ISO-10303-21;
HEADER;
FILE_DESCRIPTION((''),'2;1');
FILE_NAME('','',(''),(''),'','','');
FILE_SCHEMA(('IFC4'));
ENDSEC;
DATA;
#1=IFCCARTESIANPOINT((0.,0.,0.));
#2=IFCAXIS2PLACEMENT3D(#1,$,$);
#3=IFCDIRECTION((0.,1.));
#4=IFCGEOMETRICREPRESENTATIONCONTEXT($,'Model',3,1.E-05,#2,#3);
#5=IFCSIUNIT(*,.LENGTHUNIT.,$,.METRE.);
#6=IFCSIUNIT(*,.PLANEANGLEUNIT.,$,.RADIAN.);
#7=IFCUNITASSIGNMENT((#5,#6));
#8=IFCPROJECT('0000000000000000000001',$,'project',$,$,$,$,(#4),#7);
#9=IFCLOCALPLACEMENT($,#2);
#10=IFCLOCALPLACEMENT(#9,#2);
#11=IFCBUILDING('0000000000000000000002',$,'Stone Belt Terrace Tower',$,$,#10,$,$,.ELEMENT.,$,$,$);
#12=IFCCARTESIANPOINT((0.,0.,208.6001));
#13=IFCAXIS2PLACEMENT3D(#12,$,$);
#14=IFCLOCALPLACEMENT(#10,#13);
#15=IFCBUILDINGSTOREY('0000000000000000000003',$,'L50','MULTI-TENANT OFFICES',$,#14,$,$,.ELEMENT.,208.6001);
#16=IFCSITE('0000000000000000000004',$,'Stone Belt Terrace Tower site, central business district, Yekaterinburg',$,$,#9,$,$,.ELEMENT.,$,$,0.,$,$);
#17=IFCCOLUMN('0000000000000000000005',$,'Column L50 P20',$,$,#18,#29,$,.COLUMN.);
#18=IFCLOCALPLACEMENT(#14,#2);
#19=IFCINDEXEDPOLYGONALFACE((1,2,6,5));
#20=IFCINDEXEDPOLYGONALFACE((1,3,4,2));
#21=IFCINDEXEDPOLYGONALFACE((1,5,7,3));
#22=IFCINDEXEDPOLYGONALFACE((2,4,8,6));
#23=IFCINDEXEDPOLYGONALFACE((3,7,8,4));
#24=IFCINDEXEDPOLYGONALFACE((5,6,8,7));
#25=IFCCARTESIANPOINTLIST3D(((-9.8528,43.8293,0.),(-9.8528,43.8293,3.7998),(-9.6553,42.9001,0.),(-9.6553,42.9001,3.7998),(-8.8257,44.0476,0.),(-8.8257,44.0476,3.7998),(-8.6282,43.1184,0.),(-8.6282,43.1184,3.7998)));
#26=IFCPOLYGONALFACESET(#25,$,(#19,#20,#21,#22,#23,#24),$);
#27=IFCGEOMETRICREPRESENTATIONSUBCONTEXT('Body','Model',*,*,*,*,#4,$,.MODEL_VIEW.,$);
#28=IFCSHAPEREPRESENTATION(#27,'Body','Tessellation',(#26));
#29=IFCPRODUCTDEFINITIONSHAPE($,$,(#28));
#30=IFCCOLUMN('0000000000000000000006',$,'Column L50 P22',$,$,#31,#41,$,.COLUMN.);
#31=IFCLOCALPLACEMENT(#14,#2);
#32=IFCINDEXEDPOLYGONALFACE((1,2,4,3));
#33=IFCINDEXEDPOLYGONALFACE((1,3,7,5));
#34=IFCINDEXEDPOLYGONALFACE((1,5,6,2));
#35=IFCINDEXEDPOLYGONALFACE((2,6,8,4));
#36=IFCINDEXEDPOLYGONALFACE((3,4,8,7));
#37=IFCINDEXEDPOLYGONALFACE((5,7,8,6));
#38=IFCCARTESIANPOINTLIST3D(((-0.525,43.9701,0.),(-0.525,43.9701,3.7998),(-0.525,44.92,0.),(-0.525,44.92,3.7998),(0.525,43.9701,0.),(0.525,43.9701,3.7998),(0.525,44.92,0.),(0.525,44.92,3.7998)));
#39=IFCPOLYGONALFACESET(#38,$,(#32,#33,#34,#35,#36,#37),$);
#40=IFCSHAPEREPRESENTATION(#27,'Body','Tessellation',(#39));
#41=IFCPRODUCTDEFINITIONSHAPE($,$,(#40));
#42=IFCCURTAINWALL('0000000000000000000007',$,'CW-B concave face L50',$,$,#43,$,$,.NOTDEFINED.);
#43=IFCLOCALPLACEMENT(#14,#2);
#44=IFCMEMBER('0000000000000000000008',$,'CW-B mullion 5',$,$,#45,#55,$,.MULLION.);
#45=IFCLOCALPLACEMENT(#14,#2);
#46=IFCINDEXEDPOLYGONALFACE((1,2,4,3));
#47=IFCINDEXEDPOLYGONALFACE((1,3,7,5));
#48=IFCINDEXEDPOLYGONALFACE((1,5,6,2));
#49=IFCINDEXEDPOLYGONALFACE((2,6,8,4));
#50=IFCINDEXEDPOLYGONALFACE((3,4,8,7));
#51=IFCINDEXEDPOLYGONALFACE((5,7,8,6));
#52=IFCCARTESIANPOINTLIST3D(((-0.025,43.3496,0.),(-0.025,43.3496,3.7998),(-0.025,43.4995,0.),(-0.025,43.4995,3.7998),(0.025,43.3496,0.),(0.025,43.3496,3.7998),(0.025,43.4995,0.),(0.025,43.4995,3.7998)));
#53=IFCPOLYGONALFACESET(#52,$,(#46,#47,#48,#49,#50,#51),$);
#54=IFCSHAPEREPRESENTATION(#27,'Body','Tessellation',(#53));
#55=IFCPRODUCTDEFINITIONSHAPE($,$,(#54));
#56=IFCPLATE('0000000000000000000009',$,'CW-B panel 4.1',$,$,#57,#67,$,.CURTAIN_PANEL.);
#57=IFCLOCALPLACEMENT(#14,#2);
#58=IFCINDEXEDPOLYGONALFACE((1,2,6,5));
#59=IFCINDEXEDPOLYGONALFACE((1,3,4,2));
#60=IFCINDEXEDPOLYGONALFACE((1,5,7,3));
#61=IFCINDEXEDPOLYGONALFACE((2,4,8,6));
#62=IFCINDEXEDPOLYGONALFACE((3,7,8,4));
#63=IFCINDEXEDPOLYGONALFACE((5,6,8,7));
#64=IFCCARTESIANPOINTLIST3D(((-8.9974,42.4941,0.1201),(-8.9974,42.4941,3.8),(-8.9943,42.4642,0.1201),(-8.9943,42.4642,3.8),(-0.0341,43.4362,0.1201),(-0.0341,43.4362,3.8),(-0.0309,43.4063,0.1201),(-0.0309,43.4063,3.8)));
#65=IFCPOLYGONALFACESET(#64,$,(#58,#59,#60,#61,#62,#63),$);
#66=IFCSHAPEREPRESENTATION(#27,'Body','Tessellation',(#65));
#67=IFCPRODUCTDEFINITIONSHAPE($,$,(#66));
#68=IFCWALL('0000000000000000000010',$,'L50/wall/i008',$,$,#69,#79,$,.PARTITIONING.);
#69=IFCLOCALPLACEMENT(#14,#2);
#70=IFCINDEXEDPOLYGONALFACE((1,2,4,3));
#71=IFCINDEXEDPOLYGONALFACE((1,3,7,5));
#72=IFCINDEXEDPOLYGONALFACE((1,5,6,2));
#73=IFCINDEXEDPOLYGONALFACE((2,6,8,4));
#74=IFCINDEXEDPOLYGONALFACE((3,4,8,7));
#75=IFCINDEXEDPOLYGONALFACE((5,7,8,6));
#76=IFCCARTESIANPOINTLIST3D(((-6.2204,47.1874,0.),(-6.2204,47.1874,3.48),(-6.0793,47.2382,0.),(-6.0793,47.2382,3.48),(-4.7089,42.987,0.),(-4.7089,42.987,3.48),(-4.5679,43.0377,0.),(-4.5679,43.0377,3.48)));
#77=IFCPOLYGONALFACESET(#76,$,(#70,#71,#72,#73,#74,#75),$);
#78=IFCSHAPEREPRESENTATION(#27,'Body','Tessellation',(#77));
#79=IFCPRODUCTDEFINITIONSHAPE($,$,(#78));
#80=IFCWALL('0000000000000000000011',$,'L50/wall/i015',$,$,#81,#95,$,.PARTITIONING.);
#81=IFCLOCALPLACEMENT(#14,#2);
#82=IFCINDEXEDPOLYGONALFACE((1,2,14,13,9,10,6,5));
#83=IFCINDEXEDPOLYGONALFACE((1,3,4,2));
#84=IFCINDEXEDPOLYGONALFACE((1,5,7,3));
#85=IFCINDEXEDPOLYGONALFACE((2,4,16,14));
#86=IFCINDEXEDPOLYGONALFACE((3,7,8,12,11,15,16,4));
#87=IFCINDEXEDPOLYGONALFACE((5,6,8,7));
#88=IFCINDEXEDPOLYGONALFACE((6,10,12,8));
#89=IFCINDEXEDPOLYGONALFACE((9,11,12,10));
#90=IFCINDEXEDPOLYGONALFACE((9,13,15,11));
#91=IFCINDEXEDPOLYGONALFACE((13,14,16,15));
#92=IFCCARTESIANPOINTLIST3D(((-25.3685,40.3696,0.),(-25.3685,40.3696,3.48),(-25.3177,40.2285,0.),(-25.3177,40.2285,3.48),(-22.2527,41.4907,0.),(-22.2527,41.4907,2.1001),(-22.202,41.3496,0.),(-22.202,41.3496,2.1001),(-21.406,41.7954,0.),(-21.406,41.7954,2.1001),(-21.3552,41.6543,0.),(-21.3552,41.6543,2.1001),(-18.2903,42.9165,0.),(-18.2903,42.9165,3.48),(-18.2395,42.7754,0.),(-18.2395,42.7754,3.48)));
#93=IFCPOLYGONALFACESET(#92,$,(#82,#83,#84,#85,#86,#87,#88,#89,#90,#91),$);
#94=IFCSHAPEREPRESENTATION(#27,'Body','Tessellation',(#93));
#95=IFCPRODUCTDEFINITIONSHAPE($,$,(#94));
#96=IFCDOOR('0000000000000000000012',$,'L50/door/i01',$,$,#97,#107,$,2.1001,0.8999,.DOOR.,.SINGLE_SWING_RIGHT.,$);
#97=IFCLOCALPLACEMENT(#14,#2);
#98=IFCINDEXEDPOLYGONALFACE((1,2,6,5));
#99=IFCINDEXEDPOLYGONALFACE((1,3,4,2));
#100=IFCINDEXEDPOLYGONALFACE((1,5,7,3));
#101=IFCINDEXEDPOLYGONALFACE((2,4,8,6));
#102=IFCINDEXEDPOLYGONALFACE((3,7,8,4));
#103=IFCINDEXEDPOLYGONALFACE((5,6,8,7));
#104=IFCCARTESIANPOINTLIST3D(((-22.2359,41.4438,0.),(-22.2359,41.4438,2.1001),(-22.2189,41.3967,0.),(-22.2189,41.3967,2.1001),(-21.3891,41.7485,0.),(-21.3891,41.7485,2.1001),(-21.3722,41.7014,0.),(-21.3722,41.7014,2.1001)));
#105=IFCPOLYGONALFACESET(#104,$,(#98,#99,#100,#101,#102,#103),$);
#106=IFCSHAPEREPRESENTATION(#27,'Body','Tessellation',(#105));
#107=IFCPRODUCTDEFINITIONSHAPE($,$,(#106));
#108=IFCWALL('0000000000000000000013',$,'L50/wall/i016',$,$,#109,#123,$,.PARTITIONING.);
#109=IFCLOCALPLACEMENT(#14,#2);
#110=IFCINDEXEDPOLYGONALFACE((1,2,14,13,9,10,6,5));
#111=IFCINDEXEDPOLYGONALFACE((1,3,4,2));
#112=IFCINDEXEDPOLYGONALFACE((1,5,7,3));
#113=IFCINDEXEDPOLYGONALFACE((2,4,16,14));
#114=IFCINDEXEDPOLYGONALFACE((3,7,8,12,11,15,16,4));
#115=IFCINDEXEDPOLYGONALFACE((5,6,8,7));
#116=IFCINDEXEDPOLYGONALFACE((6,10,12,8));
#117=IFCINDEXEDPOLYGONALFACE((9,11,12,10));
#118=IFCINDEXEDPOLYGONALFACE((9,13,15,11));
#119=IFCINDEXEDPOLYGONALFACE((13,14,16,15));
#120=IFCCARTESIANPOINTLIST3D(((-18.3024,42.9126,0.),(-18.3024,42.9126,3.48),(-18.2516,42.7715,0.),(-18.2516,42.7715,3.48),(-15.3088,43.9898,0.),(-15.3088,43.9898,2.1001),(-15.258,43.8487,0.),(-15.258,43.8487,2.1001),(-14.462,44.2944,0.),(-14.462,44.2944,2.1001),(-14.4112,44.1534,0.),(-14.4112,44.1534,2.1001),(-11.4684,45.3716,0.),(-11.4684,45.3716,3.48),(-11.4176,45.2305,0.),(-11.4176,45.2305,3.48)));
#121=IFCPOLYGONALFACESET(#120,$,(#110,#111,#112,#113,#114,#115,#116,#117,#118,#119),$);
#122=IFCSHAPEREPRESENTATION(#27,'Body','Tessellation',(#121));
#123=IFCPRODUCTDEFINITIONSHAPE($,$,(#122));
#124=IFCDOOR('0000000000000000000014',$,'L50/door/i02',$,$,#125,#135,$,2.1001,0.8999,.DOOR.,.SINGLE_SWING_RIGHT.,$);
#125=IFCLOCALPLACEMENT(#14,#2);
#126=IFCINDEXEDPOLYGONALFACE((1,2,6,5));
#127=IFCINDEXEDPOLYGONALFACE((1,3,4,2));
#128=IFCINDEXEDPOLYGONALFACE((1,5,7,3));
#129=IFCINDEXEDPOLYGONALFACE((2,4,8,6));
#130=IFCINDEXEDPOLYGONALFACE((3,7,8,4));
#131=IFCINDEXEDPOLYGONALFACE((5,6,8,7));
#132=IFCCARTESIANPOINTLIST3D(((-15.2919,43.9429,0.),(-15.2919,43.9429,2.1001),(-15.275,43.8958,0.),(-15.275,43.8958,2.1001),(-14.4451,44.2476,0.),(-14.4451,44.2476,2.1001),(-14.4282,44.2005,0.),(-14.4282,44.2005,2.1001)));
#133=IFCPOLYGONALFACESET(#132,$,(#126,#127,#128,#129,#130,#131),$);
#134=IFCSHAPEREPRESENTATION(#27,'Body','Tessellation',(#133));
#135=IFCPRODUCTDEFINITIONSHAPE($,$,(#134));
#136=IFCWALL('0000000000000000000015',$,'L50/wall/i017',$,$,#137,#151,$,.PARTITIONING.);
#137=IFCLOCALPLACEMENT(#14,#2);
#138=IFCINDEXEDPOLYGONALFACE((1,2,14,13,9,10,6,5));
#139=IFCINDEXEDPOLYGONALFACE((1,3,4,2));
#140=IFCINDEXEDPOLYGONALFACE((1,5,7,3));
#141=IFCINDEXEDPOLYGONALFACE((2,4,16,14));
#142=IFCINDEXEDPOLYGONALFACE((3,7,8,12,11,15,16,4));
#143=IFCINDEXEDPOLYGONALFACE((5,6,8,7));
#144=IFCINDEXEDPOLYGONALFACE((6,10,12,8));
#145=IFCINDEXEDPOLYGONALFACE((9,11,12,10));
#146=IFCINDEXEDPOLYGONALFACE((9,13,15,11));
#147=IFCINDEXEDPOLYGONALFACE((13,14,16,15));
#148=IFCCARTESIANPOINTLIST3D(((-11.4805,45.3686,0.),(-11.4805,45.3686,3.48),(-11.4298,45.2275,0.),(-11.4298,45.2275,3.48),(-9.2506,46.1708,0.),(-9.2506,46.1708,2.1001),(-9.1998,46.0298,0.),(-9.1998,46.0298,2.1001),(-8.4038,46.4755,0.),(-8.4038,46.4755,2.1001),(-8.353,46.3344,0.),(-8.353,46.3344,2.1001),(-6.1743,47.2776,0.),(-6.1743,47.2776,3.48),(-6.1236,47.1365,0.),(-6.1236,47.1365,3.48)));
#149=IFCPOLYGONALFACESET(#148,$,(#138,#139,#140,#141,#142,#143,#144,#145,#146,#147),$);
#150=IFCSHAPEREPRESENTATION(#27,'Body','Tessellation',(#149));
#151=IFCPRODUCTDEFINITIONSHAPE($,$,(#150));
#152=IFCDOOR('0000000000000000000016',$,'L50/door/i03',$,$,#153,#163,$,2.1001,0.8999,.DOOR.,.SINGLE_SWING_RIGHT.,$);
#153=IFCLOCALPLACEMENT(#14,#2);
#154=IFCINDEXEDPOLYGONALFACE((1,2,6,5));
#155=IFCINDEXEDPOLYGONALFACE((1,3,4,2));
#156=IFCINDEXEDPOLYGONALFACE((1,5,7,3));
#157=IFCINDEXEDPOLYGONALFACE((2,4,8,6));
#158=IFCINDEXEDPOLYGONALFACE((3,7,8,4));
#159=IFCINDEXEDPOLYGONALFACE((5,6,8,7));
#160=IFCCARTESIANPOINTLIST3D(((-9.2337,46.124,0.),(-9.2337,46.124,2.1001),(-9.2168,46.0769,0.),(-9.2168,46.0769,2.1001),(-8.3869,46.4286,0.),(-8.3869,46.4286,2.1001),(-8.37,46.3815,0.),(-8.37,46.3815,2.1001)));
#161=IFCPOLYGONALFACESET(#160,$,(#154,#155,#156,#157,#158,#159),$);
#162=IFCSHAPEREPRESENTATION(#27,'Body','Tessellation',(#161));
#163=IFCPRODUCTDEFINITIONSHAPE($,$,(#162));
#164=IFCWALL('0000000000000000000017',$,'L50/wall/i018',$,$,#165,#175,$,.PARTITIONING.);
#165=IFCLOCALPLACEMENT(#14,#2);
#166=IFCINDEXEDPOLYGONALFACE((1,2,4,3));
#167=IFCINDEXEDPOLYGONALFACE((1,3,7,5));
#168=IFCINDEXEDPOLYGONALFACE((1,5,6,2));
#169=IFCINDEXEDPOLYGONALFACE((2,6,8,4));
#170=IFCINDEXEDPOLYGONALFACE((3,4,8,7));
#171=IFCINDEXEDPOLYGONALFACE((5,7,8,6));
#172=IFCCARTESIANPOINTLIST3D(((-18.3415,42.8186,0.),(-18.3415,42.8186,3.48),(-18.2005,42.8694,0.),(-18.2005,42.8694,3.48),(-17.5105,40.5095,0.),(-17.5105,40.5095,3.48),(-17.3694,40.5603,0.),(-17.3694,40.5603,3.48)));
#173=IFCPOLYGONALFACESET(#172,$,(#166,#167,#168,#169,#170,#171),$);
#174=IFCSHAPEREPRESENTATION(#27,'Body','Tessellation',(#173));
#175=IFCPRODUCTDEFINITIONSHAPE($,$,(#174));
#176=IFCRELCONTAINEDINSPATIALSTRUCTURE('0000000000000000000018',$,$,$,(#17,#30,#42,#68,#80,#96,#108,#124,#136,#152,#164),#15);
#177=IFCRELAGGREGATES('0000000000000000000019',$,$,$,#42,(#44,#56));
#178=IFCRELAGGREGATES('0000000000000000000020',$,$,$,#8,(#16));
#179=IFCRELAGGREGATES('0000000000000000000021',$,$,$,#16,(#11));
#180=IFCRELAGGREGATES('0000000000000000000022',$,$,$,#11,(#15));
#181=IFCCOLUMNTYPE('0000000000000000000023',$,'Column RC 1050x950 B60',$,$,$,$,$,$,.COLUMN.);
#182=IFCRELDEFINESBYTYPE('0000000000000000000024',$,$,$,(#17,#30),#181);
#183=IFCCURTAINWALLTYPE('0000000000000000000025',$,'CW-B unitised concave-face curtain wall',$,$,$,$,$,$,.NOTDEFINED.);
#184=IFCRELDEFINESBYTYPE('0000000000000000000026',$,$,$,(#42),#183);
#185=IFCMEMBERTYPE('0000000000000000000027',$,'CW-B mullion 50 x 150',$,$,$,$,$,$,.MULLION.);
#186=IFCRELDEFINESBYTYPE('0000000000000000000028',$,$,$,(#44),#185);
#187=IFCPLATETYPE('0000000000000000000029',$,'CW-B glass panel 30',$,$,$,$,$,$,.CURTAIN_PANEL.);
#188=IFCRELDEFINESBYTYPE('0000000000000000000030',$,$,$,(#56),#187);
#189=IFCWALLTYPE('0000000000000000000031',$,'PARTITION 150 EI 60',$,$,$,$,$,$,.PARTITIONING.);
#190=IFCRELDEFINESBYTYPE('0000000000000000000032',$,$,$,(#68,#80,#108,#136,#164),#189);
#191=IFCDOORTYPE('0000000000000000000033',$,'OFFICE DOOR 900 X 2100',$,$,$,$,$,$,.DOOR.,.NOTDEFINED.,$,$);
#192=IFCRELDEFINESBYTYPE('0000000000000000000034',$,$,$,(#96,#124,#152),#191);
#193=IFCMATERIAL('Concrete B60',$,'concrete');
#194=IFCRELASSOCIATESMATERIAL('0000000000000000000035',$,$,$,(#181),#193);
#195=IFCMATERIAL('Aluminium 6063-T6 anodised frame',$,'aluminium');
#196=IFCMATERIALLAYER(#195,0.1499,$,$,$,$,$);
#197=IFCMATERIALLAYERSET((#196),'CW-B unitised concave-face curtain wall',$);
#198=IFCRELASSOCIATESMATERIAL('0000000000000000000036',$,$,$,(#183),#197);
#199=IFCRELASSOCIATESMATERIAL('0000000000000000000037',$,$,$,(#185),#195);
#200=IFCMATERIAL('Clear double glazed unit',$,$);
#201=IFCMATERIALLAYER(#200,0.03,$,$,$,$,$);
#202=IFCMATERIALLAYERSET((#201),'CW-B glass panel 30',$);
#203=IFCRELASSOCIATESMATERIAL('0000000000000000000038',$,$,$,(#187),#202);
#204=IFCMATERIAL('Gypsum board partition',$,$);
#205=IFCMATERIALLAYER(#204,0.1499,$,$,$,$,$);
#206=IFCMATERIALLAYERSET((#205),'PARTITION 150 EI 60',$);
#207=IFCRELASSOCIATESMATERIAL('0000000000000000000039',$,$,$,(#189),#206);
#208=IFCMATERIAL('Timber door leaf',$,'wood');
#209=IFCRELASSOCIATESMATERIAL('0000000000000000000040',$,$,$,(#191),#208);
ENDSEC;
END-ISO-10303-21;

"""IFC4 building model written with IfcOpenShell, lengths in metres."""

from ifc_helpers import new_model, si_unit, direction, frame, frame_2d, origin, origin_2d, place, context, subcontext, project, spatial, rectangle, extrude, material, layer, layer_set, material_profile, profile_set, type_object, element, fill, aggregate, save


model = new_model("IFC4")

# Units and contexts
model_context = context("Model", 3, precision=1e-05, world=origin(), true_north=direction((0.0, 1.0)))
body_context = subcontext(model_context, "Body", "Model", "MODEL_VIEW")
ifc_project = project(units=[si_unit("LENGTHUNIT", "METRE"), si_unit("PLANEANGLEUNIT", "RADIAN")], contexts=[model_context])

# Site, building, storey
site_placement = place(None, origin())
site = spatial("IfcSite", under=ifc_project, at=site_placement, Name="Stone Belt Terrace Tower site, central business district, Yekaterinburg", CompositionType="ELEMENT", RefElevation=0.0)
building_placement = place(site_placement, origin())
building = spatial("IfcBuilding", under=site, at=building_placement, Name="Stone Belt Terrace Tower", CompositionType="ELEMENT")
storey_placement = place(building_placement, frame((0.0, 0.0, 208.6001)))
storey = spatial("IfcBuildingStorey", under=building, at=storey_placement, Name="L50", Description="MULTI-TENANT OFFICES", CompositionType="ELEMENT", Elevation=208.6001)

# Columns
ifc_material_1 = material(Name="Concrete B60", Category="concrete")
ifc_material_profile_1 = material_profile(ifc_material_1, rectangle(XDim=1.05, YDim=0.95, at=origin_2d()), Name="RC 1050x950")
ifc_profile_set_1 = profile_set([ifc_material_profile_1], Name="Concrete B60")
column_type = type_object("IfcColumnType", Name="Column RC 1050x950 B60", PredefinedType="COLUMN", material=ifc_profile_set_1)
for number, where, z_axis, x_axis, name in (
    (1, (-9.2405, 43.4739, 0.0), (0.0, 0.0, 1.0), (0.978148, 0.207912, 0.0), "Column L50 P20"),
    (2, (0.0, 44.4451, 0.0), (0.0, 0.0, 1.0), (1.0, 0.0, 0.0), "Column L50 P22"),
):
    element("IfcColumn", number, at=place(storey_placement, frame(where, z_axis=z_axis, x_axis=x_axis)), inside=storey, type_object=column_type, Name=name, PredefinedType="COLUMN", context=body_context, shape_type="SweptSolid", body=[
        extrude(rectangle(XDim=1.05, YDim=0.95, at=origin_2d()), origin(), (0.0, 0.0, 1.0), 3.7998),
    ])

# Curtain wall, member, plate
ifc_material_2 = material(Name="Aluminium 6063-T6 anodised frame", Category="aluminium")
ifc_layer_1 = layer(ifc_material_2, 0.1499)
ifc_layer_set_1 = layer_set([ifc_layer_1], Name="CW-B unitised concave-face curtain wall")
curtain_wall_type = type_object("IfcCurtainWallType", Name="CW-B unitised concave-face curtain wall", PredefinedType="NOTDEFINED", material=ifc_layer_set_1)
curtain_wall_placement = place(storey_placement, origin())
curtain_wall = element("IfcCurtainWall", 3, at=curtain_wall_placement, inside=storey, type_object=curtain_wall_type, Name="CW-B concave face L50", PredefinedType="NOTDEFINED")
ifc_material_profile_2 = material_profile(ifc_material_2, rectangle(XDim=0.1499, YDim=0.05, at=origin_2d()), Name="Aluminium 6063-T6 50x150")
ifc_profile_set_2 = profile_set([ifc_material_profile_2], Name="Aluminium 6063-T6 anodised frame")
member_type = type_object("IfcMemberType", Name="CW-B mullion 50 x 150", PredefinedType="MULLION", material=ifc_profile_set_2)
member_placement = place(storey_placement, frame((0.0, 43.4246, 0.0), z_axis=(0.0, 0.0, 1.0), x_axis=(0.0, 1.0, 0.0)))
member = element("IfcMember", 4, at=member_placement, type_object=member_type, Name="CW-B mullion 5", PredefinedType="MULLION", context=body_context, shape_type="SweptSolid", body=[
    extrude(rectangle(XDim=0.1499, YDim=0.05, at=origin_2d()), origin(), (0.0, 0.0, 1.0), 3.7998),
])
ifc_material_3 = material(Name="Clear double glazed unit")
ifc_layer_2 = layer(ifc_material_3, 0.03)
ifc_layer_set_2 = layer_set([ifc_layer_2], Name="CW-B glass panel 30")
plate_type = type_object("IfcPlateType", Name="CW-B glass panel 30", PredefinedType="CURTAIN_PANEL", material=ifc_layer_set_2)
plate_placement = place(storey_placement, frame((-4.5142, 42.9502, 0.1201), z_axis=(0.0, 0.0, 1.0), x_axis=(0.994522, 0.104528, 0.0)))
plate = element("IfcPlate", 5, at=plate_placement, type_object=plate_type, Name="CW-B panel 4.1", PredefinedType="CURTAIN_PANEL", context=body_context, shape_type="SweptSolid", body=[
    extrude(rectangle(XDim=9.0127, YDim=0.03, at=origin_2d()), origin(), (0.0, 0.0, 1.0), 3.6799),
])
aggregate(curtain_wall, [member, plate])

# Wall
ifc_material_4 = material(Name="Gypsum board partition")
ifc_layer_3 = layer(ifc_material_4, 0.1499)
ifc_layer_set_3 = layer_set([ifc_layer_3], Name="PARTITION 150 EI 60")
wall_type_1 = type_object("IfcWallType", Name="PARTITION 150 EI 60", PredefinedType="PARTITIONING", material=ifc_layer_set_3)
wall_1_placement = place(storey_placement, frame((-4.6384, 43.0125, 0.0), z_axis=(0.0, 0.0, 1.0), x_axis=(-0.338584, 0.940936, 0.0)))
element("IfcWall", 6, at=wall_1_placement, inside=storey, type_object=wall_type_1, Name="L50/wall/i008", PredefinedType="PARTITIONING", context=body_context, shape_type="SweptSolid", body=[
    extrude(rectangle(XDim=4.4641, YDim=0.1499, at=frame_2d((2.2319, 0.0))), origin(), (0.0, 0.0, 1.0), 3.48),
])

# Walls, openings, doors
wall_2_placement = place(storey_placement, frame((-18.2649, 42.8459, 0.0), z_axis=(0.0, 0.0, 1.0), x_axis=(-0.94094, -0.338572, 0.0)))
wall_2 = element("IfcWall", 7, at=wall_2_placement, inside=storey, type_object=wall_type_1, Name="L50/wall/i015", PredefinedType="PARTITIONING", context=body_context, shape_type="SweptSolid", body=[
    extrude(rectangle(XDim=7.5225, YDim=0.1499, at=frame_2d((3.7612, 0.0))), origin(), (0.0, 0.0, 1.0), 3.48),
])
opening_1_placement = place(wall_2_placement, frame((3.3113, 0.0, 0.0)))
opening_1 = element("IfcOpeningElement", 8, at=opening_1_placement, cuts=wall_2, PredefinedType="OPENING", context=body_context, shape_type="SweptSolid", body=[
    extrude(rectangle(XDim=0.8999, YDim=2.1001, at=frame_2d((0.45, 1.05))), frame((0.0, 0.085, 0.0), z_axis=(0.0, -1.0, 0.0), x_axis=(1.0, 0.0, 0.0)), (0.0, 0.0, 1.0), 0.1699),
])
ifc_material_5 = material(Name="Timber door leaf", Category="wood")
door_type_1 = type_object("IfcDoorType", Name="OFFICE DOOR 900 X 2100", OperationType="NOTDEFINED", PredefinedType="DOOR", material=ifc_material_5)
door_1_placement = place(opening_1_placement, origin())
door_1 = element("IfcDoor", 9, at=door_1_placement, inside=storey, type_object=door_type_1, Name="L50/door/i01", OperationType="SINGLE_SWING_RIGHT", OverallHeight=2.1001, OverallWidth=0.8999, PredefinedType="DOOR", context=body_context, shape_type="SweptSolid", body=[
    extrude(rectangle(XDim=0.8999, YDim=2.1001, at=frame_2d((0.45, 1.05))), frame((0.0, 0.0249, 0.0), z_axis=(0.0, -1.0, 0.0), x_axis=(1.0, 0.0, 0.0)), (0.0, 0.0, 1.0), 0.05),
])
fill(opening_1, door_1)
wall_3_placement = place(storey_placement, frame((-11.4431, 45.301, 0.0), z_axis=(0.0, 0.0, 1.0), x_axis=(-0.940942, -0.338567, 0.0)))
wall_3 = element("IfcWall", 10, at=wall_3_placement, inside=storey, type_object=wall_type_1, Name="L50/wall/i016", PredefinedType="PARTITIONING", context=body_context, shape_type="SweptSolid", body=[
    extrude(rectangle(XDim=7.2629, YDim=0.1499, at=frame_2d((3.6313, 0.0))), origin(), (0.0, 0.0, 1.0), 3.48),
])
opening_2_placement = place(wall_3_placement, frame((3.1814, 0.0, 0.0)))
opening_2 = element("IfcOpeningElement", 11, at=opening_2_placement, cuts=wall_3, PredefinedType="OPENING", context=body_context, shape_type="SweptSolid", body=[
    extrude(rectangle(XDim=0.8999, YDim=2.1001, at=frame_2d((0.45, 1.05))), frame((0.0, 0.085, 0.0), z_axis=(0.0, -1.0, 0.0), x_axis=(1.0, 0.0, 0.0)), (0.0, 0.0, 1.0), 0.1699),
])
door_2_placement = place(opening_2_placement, origin())
door_2 = element("IfcDoor", 12, at=door_2_placement, inside=storey, type_object=door_type_1, Name="L50/door/i02", OperationType="SINGLE_SWING_RIGHT", OverallHeight=2.1001, OverallWidth=0.8999, PredefinedType="DOOR", context=body_context, shape_type="SweptSolid", body=[
    extrude(rectangle(XDim=0.8999, YDim=2.1001, at=frame_2d((0.45, 1.05))), frame((0.0, 0.0249, 0.0), z_axis=(0.0, -1.0, 0.0), x_axis=(1.0, 0.0, 0.0)), (0.0, 0.0, 1.0), 0.05),
])
fill(opening_2, door_2)
wall_4_placement = place(storey_placement, frame((-6.1489, 47.207, 0.0), z_axis=(0.0, 0.0, 1.0), x_axis=(-0.94096, -0.338519, 0.0)))
wall_4 = element("IfcWall", 13, at=wall_4_placement, inside=storey, type_object=wall_type_1, Name="L50/wall/i017", PredefinedType="PARTITIONING", context=body_context, shape_type="SweptSolid", body=[
    extrude(rectangle(XDim=5.6392, YDim=0.1499, at=frame_2d((2.8196, 0.0))), origin(), (0.0, 0.0, 1.0), 3.48),
])
opening_3_placement = place(wall_4_placement, frame((2.3694, 0.0, 0.0)))
opening_3 = element("IfcOpeningElement", 14, at=opening_3_placement, cuts=wall_4, PredefinedType="OPENING", context=body_context, shape_type="SweptSolid", body=[
    extrude(rectangle(XDim=0.8999, YDim=2.1001, at=frame_2d((0.45, 1.05))), frame((0.0, 0.085, 0.0), z_axis=(0.0, -1.0, 0.0), x_axis=(1.0, 0.0, 0.0)), (0.0, 0.0, 1.0), 0.1699),
])
door_3_placement = place(opening_3_placement, origin())
door_3 = element("IfcDoor", 15, at=door_3_placement, inside=storey, type_object=door_type_1, Name="L50/door/i03", OperationType="SINGLE_SWING_RIGHT", OverallHeight=2.1001, OverallWidth=0.8999, PredefinedType="DOOR", context=body_context, shape_type="SweptSolid", body=[
    extrude(rectangle(XDim=0.8999, YDim=2.1001, at=frame_2d((0.45, 1.05))), frame((0.0, 0.0249, 0.0), z_axis=(0.0, -1.0, 0.0), x_axis=(1.0, 0.0, 0.0)), (0.0, 0.0, 1.0), 0.05),
])
fill(opening_3, door_3)

# Wall
wall_5_placement = place(storey_placement, frame((-18.271, 42.844, 0.0), z_axis=(0.0, 0.0, 1.0), x_axis=(0.338642, -0.940915, 0.0)))
element("IfcWall", 16, at=wall_5_placement, inside=storey, type_object=wall_type_1, Name="L50/wall/i018", PredefinedType="PARTITIONING", context=body_context, shape_type="SweptSolid", body=[
    extrude(rectangle(XDim=2.4541, YDim=0.1499, at=frame_2d((1.2271, 0.0))), origin(), (0.0, 0.0, 1.0), 3.48),
])

save(model, "model.ifc")
